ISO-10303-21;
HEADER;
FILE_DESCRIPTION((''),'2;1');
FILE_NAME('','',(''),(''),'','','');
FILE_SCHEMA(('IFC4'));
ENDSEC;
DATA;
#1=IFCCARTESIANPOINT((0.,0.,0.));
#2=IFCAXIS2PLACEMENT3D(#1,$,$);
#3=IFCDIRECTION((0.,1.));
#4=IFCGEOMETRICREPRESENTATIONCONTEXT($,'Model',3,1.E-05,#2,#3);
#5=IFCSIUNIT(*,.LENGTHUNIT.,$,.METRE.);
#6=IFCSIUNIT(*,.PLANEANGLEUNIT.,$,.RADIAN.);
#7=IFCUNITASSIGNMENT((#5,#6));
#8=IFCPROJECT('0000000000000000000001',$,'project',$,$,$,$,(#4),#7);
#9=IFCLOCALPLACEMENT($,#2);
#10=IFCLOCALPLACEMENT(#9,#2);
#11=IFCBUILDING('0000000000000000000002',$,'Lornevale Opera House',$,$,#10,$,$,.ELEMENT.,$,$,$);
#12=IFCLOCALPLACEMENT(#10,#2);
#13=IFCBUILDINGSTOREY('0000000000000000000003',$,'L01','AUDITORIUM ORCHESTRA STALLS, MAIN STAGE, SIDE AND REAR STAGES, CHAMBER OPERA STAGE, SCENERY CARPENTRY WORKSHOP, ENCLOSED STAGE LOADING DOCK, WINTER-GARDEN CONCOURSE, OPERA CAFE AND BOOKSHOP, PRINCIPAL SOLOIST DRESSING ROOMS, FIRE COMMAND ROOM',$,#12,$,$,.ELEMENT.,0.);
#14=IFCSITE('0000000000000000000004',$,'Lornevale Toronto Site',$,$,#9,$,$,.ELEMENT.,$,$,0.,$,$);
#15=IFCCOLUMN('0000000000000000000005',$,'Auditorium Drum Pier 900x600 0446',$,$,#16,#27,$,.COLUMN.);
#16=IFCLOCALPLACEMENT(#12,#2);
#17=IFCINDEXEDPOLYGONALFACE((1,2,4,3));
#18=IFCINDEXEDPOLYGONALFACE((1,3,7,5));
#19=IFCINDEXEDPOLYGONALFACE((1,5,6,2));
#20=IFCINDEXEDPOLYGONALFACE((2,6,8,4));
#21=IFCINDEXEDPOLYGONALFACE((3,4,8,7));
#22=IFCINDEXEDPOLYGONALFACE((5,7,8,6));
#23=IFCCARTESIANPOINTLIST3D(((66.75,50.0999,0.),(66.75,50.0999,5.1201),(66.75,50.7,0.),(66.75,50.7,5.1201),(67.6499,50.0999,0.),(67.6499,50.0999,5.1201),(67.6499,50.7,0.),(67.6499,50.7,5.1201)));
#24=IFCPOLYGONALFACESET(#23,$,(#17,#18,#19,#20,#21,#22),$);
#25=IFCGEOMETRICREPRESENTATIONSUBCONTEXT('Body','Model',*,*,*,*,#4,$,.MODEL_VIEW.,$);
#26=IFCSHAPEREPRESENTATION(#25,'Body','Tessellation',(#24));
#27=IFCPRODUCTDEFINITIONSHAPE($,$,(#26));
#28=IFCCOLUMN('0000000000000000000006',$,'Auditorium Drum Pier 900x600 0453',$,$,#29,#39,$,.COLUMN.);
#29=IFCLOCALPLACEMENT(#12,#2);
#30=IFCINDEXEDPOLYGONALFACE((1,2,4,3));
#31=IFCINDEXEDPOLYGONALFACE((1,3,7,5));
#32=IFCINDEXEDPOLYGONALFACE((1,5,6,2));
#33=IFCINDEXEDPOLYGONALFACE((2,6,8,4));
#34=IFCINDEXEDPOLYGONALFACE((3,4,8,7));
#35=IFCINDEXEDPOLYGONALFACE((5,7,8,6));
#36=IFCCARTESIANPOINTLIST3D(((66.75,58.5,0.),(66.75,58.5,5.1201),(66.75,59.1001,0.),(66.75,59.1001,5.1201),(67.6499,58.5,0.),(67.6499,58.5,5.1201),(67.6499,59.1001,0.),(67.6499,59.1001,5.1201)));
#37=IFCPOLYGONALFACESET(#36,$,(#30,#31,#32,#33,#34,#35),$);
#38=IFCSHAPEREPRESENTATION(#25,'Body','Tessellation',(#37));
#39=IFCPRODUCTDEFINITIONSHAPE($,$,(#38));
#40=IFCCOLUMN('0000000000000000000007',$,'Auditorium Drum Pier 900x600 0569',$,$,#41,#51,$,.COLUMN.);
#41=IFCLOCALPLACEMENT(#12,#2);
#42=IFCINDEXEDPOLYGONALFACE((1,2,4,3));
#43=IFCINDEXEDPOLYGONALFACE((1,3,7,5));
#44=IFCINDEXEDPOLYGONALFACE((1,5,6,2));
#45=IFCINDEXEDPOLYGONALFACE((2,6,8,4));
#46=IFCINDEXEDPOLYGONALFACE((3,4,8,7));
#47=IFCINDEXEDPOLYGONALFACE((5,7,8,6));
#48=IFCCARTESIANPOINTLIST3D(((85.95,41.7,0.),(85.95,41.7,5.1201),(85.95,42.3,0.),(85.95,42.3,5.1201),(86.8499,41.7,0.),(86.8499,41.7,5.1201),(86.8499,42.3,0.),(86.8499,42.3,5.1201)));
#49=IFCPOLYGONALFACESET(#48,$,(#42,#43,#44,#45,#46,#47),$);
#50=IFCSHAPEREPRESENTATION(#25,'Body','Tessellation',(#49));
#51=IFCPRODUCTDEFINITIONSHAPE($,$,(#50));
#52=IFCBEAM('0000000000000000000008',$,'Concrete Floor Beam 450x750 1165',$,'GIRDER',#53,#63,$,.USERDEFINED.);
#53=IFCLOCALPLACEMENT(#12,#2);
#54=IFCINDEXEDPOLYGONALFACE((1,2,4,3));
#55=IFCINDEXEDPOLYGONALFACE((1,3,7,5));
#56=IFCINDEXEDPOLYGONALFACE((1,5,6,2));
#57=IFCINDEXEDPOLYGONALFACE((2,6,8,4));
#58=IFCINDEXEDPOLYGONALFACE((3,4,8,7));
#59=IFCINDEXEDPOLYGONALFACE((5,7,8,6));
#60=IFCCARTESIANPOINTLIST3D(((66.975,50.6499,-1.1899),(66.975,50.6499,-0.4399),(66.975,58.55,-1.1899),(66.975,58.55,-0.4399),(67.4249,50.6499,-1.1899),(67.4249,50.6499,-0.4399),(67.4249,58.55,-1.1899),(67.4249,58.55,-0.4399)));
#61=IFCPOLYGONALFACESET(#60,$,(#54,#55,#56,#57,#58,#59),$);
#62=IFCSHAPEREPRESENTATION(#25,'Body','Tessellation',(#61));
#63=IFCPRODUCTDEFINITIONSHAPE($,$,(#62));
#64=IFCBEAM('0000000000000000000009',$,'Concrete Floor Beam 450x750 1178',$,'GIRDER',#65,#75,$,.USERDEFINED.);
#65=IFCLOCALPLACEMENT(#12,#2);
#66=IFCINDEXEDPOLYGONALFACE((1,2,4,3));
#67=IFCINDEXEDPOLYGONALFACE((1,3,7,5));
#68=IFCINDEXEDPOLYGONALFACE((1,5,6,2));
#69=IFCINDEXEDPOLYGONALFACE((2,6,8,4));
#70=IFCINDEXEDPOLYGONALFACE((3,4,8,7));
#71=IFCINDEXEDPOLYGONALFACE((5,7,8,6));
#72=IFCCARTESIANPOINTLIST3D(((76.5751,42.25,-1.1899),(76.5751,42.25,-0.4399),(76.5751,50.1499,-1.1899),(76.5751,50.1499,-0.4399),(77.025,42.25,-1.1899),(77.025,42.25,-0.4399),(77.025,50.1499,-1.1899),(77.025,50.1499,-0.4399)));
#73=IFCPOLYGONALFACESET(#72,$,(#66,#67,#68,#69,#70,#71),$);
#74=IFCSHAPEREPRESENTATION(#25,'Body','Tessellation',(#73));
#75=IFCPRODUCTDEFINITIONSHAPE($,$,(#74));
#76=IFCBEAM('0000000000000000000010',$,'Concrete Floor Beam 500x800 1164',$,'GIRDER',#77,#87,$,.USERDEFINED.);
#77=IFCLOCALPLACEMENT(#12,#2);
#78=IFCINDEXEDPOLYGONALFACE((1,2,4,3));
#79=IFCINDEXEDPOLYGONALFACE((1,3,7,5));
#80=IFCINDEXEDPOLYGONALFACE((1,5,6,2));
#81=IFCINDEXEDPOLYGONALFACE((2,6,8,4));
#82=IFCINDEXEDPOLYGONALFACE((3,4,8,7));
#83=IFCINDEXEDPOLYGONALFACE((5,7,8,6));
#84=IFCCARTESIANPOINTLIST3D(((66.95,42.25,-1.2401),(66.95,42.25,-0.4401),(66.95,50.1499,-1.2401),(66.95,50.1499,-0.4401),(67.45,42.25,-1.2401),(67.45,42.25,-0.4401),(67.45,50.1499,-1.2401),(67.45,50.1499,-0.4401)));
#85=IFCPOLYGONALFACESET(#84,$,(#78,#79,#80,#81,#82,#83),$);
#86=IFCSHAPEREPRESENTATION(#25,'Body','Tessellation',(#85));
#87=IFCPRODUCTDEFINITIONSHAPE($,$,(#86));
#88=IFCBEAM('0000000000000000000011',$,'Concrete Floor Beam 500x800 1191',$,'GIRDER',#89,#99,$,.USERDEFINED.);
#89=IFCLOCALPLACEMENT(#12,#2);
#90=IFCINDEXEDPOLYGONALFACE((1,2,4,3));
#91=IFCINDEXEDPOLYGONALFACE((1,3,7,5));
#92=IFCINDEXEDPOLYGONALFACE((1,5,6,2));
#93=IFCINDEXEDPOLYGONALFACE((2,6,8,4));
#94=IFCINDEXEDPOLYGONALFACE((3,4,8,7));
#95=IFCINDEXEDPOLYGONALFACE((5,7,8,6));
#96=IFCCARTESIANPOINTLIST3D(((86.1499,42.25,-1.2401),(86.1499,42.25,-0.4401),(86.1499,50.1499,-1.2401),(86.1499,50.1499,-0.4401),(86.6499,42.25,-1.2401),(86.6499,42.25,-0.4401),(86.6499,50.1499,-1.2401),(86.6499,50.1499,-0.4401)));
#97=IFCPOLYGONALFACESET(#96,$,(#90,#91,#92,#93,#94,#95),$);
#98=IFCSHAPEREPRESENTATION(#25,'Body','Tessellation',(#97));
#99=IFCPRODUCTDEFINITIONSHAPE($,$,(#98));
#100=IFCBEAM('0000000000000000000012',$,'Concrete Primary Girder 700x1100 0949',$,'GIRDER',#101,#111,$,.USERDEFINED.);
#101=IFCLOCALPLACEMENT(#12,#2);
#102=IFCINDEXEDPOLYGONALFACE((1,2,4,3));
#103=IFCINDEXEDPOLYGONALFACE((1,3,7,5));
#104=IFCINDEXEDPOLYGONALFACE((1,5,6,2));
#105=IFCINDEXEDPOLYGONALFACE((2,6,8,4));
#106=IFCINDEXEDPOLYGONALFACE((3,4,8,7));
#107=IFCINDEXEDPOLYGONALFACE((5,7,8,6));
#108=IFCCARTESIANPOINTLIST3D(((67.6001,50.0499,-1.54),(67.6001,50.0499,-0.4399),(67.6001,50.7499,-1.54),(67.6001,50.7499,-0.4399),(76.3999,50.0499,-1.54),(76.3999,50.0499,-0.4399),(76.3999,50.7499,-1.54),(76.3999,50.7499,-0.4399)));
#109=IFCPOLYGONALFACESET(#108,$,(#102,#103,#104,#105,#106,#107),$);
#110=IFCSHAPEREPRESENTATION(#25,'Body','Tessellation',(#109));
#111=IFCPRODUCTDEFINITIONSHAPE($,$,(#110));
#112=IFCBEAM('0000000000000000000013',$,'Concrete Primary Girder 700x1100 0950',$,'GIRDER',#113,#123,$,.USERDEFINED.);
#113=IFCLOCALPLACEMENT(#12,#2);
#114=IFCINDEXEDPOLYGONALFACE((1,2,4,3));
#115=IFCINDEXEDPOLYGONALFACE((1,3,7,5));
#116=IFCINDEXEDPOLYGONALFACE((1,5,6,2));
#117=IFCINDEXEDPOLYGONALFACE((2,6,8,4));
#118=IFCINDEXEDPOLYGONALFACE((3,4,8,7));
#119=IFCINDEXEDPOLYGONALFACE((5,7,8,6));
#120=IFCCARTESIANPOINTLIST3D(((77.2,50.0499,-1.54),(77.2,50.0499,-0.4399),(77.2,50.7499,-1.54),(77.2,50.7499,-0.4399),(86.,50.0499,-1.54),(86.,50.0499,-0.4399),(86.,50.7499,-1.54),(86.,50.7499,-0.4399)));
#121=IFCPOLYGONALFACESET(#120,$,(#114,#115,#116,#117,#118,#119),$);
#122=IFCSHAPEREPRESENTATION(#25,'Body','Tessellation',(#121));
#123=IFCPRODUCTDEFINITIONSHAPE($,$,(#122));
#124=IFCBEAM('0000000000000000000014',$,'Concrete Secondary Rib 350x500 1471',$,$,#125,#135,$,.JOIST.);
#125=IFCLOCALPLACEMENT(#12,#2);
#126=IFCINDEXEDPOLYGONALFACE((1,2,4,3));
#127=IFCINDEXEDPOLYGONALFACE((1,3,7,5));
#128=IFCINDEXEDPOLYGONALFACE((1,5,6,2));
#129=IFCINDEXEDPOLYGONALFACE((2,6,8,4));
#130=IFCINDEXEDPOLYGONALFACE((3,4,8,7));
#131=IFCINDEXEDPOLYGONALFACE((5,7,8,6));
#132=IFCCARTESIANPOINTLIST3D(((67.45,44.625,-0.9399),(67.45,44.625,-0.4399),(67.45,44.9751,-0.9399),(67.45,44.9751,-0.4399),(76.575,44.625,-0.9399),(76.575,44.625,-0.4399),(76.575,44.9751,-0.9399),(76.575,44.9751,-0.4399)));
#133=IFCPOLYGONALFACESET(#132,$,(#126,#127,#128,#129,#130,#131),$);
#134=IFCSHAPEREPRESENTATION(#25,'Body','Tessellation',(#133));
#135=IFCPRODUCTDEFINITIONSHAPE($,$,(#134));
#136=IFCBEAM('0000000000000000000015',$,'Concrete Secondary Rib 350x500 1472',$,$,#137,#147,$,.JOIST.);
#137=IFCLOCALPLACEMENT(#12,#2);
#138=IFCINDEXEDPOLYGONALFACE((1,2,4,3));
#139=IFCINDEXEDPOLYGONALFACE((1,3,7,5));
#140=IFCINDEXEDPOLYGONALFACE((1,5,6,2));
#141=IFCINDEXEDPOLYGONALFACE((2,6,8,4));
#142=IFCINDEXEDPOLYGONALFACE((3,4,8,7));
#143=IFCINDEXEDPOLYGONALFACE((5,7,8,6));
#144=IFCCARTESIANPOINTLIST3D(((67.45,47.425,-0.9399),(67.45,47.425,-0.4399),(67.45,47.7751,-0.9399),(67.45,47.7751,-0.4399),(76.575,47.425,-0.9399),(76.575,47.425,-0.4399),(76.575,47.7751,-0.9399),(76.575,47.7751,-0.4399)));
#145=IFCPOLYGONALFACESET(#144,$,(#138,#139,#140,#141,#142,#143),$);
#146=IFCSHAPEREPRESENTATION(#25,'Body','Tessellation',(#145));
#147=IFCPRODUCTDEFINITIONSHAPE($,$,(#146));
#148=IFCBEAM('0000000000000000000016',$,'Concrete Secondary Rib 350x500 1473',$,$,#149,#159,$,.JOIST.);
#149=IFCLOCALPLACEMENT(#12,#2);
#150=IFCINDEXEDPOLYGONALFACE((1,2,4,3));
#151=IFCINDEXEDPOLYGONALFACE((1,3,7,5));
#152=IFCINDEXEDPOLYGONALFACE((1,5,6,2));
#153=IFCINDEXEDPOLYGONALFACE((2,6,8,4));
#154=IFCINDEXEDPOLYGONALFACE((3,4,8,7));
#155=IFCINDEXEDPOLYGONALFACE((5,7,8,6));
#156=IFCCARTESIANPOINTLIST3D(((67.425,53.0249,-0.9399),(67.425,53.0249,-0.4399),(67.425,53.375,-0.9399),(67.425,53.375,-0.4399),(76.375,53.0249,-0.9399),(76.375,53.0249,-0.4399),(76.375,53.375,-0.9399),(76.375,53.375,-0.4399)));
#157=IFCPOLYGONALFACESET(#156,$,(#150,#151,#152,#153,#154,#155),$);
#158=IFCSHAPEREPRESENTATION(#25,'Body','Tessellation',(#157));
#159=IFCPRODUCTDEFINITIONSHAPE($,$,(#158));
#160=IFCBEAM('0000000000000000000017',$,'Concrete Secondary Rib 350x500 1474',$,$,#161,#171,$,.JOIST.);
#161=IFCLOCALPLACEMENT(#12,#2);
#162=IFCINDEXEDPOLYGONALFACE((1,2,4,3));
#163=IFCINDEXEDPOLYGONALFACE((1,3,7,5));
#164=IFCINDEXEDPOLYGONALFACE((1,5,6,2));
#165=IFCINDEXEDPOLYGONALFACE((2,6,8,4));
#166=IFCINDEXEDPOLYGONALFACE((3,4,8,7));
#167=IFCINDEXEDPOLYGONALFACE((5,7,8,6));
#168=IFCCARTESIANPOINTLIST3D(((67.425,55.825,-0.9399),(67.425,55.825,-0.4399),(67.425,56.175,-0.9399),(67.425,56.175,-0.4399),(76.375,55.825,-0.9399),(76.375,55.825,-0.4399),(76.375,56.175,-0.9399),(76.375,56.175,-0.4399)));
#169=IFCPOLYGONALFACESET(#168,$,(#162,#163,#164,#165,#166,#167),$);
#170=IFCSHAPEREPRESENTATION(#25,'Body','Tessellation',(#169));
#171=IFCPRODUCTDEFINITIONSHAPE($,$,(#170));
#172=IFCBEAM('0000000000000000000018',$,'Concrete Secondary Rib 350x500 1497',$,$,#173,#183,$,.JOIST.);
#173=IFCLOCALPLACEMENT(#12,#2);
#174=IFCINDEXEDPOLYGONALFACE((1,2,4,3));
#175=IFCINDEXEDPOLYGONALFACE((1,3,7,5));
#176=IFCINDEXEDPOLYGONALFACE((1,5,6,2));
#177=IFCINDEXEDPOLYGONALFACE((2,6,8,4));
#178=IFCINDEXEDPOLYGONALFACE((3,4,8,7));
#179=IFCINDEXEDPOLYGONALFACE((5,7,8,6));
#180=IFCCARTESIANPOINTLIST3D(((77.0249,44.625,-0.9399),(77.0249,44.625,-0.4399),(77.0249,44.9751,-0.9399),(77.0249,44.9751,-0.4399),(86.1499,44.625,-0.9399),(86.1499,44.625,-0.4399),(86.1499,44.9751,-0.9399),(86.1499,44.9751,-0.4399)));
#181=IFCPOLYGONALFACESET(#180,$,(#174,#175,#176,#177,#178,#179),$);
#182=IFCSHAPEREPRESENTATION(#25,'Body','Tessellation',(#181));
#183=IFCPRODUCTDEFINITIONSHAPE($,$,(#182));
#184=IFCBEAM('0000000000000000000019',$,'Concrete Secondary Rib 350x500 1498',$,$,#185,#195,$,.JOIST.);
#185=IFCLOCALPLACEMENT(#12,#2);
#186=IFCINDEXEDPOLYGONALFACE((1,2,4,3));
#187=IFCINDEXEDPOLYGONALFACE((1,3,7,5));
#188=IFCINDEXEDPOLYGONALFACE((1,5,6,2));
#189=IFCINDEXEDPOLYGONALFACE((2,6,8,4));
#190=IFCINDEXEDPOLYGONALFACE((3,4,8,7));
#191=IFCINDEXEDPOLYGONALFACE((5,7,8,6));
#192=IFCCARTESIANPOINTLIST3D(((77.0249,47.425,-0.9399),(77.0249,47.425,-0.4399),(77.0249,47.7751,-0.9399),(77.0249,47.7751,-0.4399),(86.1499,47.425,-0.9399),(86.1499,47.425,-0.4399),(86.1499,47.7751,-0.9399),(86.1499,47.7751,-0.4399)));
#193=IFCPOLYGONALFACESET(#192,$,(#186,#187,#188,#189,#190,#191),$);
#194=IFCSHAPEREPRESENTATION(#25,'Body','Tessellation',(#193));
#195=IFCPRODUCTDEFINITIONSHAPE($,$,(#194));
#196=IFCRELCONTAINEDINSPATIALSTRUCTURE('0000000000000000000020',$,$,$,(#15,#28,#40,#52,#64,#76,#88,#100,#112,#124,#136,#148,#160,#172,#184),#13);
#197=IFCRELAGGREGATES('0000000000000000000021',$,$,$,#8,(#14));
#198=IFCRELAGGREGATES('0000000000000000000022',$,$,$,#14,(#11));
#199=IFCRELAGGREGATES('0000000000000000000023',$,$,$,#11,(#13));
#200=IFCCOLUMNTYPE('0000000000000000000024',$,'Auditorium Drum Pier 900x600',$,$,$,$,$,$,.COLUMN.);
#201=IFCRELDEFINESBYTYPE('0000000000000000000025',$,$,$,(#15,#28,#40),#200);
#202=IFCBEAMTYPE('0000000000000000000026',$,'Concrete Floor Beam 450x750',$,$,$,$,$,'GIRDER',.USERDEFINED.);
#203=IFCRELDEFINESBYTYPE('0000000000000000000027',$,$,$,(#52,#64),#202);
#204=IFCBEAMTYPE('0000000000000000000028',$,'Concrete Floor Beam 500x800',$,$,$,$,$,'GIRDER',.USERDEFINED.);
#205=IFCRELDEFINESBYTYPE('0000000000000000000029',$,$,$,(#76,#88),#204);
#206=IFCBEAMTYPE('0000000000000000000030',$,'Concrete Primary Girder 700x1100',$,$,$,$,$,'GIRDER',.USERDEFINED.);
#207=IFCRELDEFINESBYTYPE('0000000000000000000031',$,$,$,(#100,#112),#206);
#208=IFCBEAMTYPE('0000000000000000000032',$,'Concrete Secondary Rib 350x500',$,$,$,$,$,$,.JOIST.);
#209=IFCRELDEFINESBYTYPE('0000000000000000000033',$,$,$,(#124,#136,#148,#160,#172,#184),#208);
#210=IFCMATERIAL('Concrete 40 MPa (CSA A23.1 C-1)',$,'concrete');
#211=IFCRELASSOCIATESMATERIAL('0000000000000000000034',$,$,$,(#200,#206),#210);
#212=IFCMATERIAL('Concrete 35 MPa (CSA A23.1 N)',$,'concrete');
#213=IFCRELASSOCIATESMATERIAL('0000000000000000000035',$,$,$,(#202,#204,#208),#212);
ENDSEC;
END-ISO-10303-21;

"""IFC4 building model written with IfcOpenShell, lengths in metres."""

from ifc_helpers import new_model, si_unit, direction, frame, origin, origin_2d, place, context, subcontext, project, spatial, rectangle, extrude, material, material_profile, profile_set, type_object, element, save


model = new_model("IFC4")

# Units and contexts
model_context = context("Model", 3, precision=1e-05, world=origin(), true_north=direction((0.0, 1.0)))
body_context = subcontext(model_context, "Body", "Model", "MODEL_VIEW")
ifc_project = project(units=[si_unit("LENGTHUNIT", "METRE"), si_unit("PLANEANGLEUNIT", "RADIAN")], contexts=[model_context])

# Site, building, storey
site_placement = place(None, origin())
site = spatial("IfcSite", under=ifc_project, at=site_placement, Name="Lornevale Toronto Site", CompositionType="ELEMENT", RefElevation=0.0)
building_placement = place(site_placement, origin())
building = spatial("IfcBuilding", under=site, at=building_placement, Name="Lornevale Opera House", CompositionType="ELEMENT")
storey_placement = place(building_placement, origin())
storey = spatial("IfcBuildingStorey", under=building, at=storey_placement, Name="L01", Description="AUDITORIUM ORCHESTRA STALLS, MAIN STAGE, SIDE AND REAR STAGES, CHAMBER OPERA STAGE, SCENERY CARPENTRY WORKSHOP, ENCLOSED STAGE LOADING DOCK, WINTER-GARDEN CONCOURSE, OPERA CAFE AND BOOKSHOP, PRINCIPAL SOLOIST DRESSING ROOMS, FIRE COMMAND ROOM", CompositionType="ELEMENT", Elevation=0.0)

# Columns
ifc_material_1 = material(Name="Concrete 40 MPa (CSA A23.1 C-1)", Category="concrete")
ifc_material_profile_1 = material_profile(ifc_material_1, rectangle(XDim=0.8999, YDim=0.6001, at=origin_2d()), Name="RC900x600")
ifc_profile_set_1 = profile_set([ifc_material_profile_1], Name="Concrete 40 MPa (CSA A23.1 C-1)")
column_type = type_object("IfcColumnType", Name="Auditorium Drum Pier 900x600", PredefinedType="COLUMN", material=ifc_profile_set_1)
for number, where, z_axis, x_axis, name in (
    (1, (67.2, 50.3999, 0.0), (0.0, 0.0, 1.0), (1.0, 0.0, 0.0), "Auditorium Drum Pier 900x600 0446"),
    (2, (67.2, 58.8, 0.0), (0.0, 0.0, 1.0), (1.0, 0.0, 0.0), "Auditorium Drum Pier 900x600 0453"),
    (3, (86.3999, 42.0, 0.0), (0.0, 0.0, 1.0), (1.0, 0.0, 0.0), "Auditorium Drum Pier 900x600 0569"),
):
    element("IfcColumn", number, at=place(storey_placement, frame(where, z_axis=z_axis, x_axis=x_axis)), inside=storey, type_object=column_type, Name=name, PredefinedType="COLUMN", context=body_context, shape_type="SweptSolid", body=[
        extrude(rectangle(XDim=0.8999, YDim=0.6001, at=origin_2d()), origin(), (0.0, 0.0, 1.0), 5.1201),
    ])

# Beams
ifc_material_2 = material(Name="Concrete 35 MPa (CSA A23.1 N)", Category="concrete")
ifc_material_profile_2 = material_profile(ifc_material_2, rectangle(XDim=0.45, YDim=0.75, at=origin_2d()), Name="RC450x750")
ifc_profile_set_2 = profile_set([ifc_material_profile_2], Name="Concrete 35 MPa (CSA A23.1 N)")
beam_type_1 = type_object("IfcBeamType", Name="Concrete Floor Beam 450x750", ElementType="GIRDER", PredefinedType="USERDEFINED", material=ifc_profile_set_2)
beam_1_placement = place(storey_placement, frame((67.2, 50.6499, -0.8149), z_axis=(0.0, 1.0, 0.0), x_axis=(-1.0, 0.0, 0.0)))
element("IfcBeam", 4, at=beam_1_placement, inside=storey, type_object=beam_type_1, Name="Concrete Floor Beam 450x750 1165", ObjectType="GIRDER", PredefinedType="USERDEFINED", context=body_context, shape_type="SweptSolid", body=[
    extrude(rectangle(XDim=0.45, YDim=0.75, at=origin_2d()), origin(), (0.0, 0.0, 1.0), 7.9001),
])
beam_2_placement = place(storey_placement, frame((76.8, 42.25, -0.8149), z_axis=(0.0, 1.0, 0.0), x_axis=(-1.0, 0.0, 0.0)))
element("IfcBeam", 5, at=beam_2_placement, inside=storey, type_object=beam_type_1, Name="Concrete Floor Beam 450x750 1178", ObjectType="GIRDER", PredefinedType="USERDEFINED", context=body_context, shape_type="SweptSolid", body=[
    extrude(rectangle(XDim=0.45, YDim=0.75, at=origin_2d()), origin(), (0.0, 0.0, 1.0), 7.8999),
])
ifc_material_profile_3 = material_profile(ifc_material_2, rectangle(XDim=0.5, YDim=0.8, at=origin_2d()), Name="RC500x800")
ifc_profile_set_3 = profile_set([ifc_material_profile_3], Name="Concrete 35 MPa (CSA A23.1 N)")
beam_type_2 = type_object("IfcBeamType", Name="Concrete Floor Beam 500x800", ElementType="GIRDER", PredefinedType="USERDEFINED", material=ifc_profile_set_3)
for number, where, z_axis, x_axis, name in (
    (6, (67.2, 42.25, -0.8401), (0.0, 1.0, 0.0), (-1.0, 0.0, 0.0), "Concrete Floor Beam 500x800 1164"),
    (7, (86.3999, 42.25, -0.8401), (0.0, 1.0, 0.0), (-1.0, 0.0, 0.0), "Concrete Floor Beam 500x800 1191"),
):
    element("IfcBeam", number, at=place(storey_placement, frame(where, z_axis=z_axis, x_axis=x_axis)), inside=storey, type_object=beam_type_2, Name=name, ObjectType="GIRDER", PredefinedType="USERDEFINED", context=body_context, shape_type="SweptSolid", body=[
        extrude(rectangle(XDim=0.5, YDim=0.8, at=origin_2d()), origin(), (0.0, 0.0, 1.0), 7.8999),
    ])
ifc_material_profile_4 = material_profile(ifc_material_1, rectangle(XDim=0.7, YDim=1.1001, at=origin_2d()), Name="RC700x1100")
ifc_profile_set_4 = profile_set([ifc_material_profile_4], Name="Concrete 40 MPa (CSA A23.1 C-1)")
beam_type_3 = type_object("IfcBeamType", Name="Concrete Primary Girder 700x1100", ElementType="GIRDER", PredefinedType="USERDEFINED", material=ifc_profile_set_4)
beam_3_placement = place(storey_placement, frame((67.6001, 50.3999, -0.99), z_axis=(1.0, 0.0, 0.0), x_axis=(0.0, 1.0, 0.0)))
element("IfcBeam", 8, at=beam_3_placement, inside=storey, type_object=beam_type_3, Name="Concrete Primary Girder 700x1100 0949", ObjectType="GIRDER", PredefinedType="USERDEFINED", context=body_context, shape_type="SweptSolid", body=[
    extrude(rectangle(XDim=0.7, YDim=1.1001, at=origin_2d()), origin(), (0.0, 0.0, 1.0), 8.7998),
])
beam_4_placement = place(storey_placement, frame((77.2, 50.3999, -0.99), z_axis=(1.0, 0.0, 0.0), x_axis=(0.0, 1.0, 0.0)))
element("IfcBeam", 9, at=beam_4_placement, inside=storey, type_object=beam_type_3, Name="Concrete Primary Girder 700x1100 0950", ObjectType="GIRDER", PredefinedType="USERDEFINED", context=body_context, shape_type="SweptSolid", body=[
    extrude(rectangle(XDim=0.7, YDim=1.1001, at=origin_2d()), origin(), (0.0, 0.0, 1.0), 8.8),
])
ifc_material_profile_5 = material_profile(ifc_material_2, rectangle(XDim=0.3501, YDim=0.5, at=origin_2d()), Name="RC350x500")
ifc_profile_set_5 = profile_set([ifc_material_profile_5], Name="Concrete 35 MPa (CSA A23.1 N)")
beam_type_4 = type_object("IfcBeamType", Name="Concrete Secondary Rib 350x500", PredefinedType="JOIST", material=ifc_profile_set_5)
for number, where, z_axis, x_axis, name in (
    (10, (67.45, 44.8, -0.6899), (1.0, 0.0, 0.0), (0.0, 1.0, 0.0), "Concrete Secondary Rib 350x500 1471"),
    (11, (67.45, 47.6001, -0.6899), (1.0, 0.0, 0.0), (0.0, 1.0, 0.0), "Concrete Secondary Rib 350x500 1472"),
):
    element("IfcBeam", number, at=place(storey_placement, frame(where, z_axis=z_axis, x_axis=x_axis)), inside=storey, type_object=beam_type_4, Name=name, PredefinedType="JOIST", context=body_context, shape_type="SweptSolid", body=[
        extrude(rectangle(XDim=0.3501, YDim=0.5, at=origin_2d()), origin(), (0.0, 0.0, 1.0), 9.125),
    ])
for number, where, z_axis, x_axis, name in (
    (12, (67.425, 53.2, -0.6899), (1.0, 0.0, 0.0), (0.0, 1.0, 0.0), "Concrete Secondary Rib 350x500 1473"),
    (13, (67.425, 56.0, -0.6899), (1.0, 0.0, 0.0), (0.0, 1.0, 0.0), "Concrete Secondary Rib 350x500 1474"),
):
    element("IfcBeam", number, at=place(storey_placement, frame(where, z_axis=z_axis, x_axis=x_axis)), inside=storey, type_object=beam_type_4, Name=name, PredefinedType="JOIST", context=body_context, shape_type="SweptSolid", body=[
        extrude(rectangle(XDim=0.3501, YDim=0.5, at=origin_2d()), origin(), (0.0, 0.0, 1.0), 8.95),
    ])
for number, where, z_axis, x_axis, name in (
    (14, (77.0249, 44.8, -0.6899), (1.0, 0.0, 0.0), (0.0, 1.0, 0.0), "Concrete Secondary Rib 350x500 1497"),
    (15, (77.0249, 47.6001, -0.6899), (1.0, 0.0, 0.0), (0.0, 1.0, 0.0), "Concrete Secondary Rib 350x500 1498"),
):
    element("IfcBeam", number, at=place(storey_placement, frame(where, z_axis=z_axis, x_axis=x_axis)), inside=storey, type_object=beam_type_4, Name=name, PredefinedType="JOIST", context=body_context, shape_type="SweptSolid", body=[
        extrude(rectangle(XDim=0.3501, YDim=0.5, at=origin_2d()), origin(), (0.0, 0.0, 1.0), 9.125),
    ])

save(model, "model.ifc")
